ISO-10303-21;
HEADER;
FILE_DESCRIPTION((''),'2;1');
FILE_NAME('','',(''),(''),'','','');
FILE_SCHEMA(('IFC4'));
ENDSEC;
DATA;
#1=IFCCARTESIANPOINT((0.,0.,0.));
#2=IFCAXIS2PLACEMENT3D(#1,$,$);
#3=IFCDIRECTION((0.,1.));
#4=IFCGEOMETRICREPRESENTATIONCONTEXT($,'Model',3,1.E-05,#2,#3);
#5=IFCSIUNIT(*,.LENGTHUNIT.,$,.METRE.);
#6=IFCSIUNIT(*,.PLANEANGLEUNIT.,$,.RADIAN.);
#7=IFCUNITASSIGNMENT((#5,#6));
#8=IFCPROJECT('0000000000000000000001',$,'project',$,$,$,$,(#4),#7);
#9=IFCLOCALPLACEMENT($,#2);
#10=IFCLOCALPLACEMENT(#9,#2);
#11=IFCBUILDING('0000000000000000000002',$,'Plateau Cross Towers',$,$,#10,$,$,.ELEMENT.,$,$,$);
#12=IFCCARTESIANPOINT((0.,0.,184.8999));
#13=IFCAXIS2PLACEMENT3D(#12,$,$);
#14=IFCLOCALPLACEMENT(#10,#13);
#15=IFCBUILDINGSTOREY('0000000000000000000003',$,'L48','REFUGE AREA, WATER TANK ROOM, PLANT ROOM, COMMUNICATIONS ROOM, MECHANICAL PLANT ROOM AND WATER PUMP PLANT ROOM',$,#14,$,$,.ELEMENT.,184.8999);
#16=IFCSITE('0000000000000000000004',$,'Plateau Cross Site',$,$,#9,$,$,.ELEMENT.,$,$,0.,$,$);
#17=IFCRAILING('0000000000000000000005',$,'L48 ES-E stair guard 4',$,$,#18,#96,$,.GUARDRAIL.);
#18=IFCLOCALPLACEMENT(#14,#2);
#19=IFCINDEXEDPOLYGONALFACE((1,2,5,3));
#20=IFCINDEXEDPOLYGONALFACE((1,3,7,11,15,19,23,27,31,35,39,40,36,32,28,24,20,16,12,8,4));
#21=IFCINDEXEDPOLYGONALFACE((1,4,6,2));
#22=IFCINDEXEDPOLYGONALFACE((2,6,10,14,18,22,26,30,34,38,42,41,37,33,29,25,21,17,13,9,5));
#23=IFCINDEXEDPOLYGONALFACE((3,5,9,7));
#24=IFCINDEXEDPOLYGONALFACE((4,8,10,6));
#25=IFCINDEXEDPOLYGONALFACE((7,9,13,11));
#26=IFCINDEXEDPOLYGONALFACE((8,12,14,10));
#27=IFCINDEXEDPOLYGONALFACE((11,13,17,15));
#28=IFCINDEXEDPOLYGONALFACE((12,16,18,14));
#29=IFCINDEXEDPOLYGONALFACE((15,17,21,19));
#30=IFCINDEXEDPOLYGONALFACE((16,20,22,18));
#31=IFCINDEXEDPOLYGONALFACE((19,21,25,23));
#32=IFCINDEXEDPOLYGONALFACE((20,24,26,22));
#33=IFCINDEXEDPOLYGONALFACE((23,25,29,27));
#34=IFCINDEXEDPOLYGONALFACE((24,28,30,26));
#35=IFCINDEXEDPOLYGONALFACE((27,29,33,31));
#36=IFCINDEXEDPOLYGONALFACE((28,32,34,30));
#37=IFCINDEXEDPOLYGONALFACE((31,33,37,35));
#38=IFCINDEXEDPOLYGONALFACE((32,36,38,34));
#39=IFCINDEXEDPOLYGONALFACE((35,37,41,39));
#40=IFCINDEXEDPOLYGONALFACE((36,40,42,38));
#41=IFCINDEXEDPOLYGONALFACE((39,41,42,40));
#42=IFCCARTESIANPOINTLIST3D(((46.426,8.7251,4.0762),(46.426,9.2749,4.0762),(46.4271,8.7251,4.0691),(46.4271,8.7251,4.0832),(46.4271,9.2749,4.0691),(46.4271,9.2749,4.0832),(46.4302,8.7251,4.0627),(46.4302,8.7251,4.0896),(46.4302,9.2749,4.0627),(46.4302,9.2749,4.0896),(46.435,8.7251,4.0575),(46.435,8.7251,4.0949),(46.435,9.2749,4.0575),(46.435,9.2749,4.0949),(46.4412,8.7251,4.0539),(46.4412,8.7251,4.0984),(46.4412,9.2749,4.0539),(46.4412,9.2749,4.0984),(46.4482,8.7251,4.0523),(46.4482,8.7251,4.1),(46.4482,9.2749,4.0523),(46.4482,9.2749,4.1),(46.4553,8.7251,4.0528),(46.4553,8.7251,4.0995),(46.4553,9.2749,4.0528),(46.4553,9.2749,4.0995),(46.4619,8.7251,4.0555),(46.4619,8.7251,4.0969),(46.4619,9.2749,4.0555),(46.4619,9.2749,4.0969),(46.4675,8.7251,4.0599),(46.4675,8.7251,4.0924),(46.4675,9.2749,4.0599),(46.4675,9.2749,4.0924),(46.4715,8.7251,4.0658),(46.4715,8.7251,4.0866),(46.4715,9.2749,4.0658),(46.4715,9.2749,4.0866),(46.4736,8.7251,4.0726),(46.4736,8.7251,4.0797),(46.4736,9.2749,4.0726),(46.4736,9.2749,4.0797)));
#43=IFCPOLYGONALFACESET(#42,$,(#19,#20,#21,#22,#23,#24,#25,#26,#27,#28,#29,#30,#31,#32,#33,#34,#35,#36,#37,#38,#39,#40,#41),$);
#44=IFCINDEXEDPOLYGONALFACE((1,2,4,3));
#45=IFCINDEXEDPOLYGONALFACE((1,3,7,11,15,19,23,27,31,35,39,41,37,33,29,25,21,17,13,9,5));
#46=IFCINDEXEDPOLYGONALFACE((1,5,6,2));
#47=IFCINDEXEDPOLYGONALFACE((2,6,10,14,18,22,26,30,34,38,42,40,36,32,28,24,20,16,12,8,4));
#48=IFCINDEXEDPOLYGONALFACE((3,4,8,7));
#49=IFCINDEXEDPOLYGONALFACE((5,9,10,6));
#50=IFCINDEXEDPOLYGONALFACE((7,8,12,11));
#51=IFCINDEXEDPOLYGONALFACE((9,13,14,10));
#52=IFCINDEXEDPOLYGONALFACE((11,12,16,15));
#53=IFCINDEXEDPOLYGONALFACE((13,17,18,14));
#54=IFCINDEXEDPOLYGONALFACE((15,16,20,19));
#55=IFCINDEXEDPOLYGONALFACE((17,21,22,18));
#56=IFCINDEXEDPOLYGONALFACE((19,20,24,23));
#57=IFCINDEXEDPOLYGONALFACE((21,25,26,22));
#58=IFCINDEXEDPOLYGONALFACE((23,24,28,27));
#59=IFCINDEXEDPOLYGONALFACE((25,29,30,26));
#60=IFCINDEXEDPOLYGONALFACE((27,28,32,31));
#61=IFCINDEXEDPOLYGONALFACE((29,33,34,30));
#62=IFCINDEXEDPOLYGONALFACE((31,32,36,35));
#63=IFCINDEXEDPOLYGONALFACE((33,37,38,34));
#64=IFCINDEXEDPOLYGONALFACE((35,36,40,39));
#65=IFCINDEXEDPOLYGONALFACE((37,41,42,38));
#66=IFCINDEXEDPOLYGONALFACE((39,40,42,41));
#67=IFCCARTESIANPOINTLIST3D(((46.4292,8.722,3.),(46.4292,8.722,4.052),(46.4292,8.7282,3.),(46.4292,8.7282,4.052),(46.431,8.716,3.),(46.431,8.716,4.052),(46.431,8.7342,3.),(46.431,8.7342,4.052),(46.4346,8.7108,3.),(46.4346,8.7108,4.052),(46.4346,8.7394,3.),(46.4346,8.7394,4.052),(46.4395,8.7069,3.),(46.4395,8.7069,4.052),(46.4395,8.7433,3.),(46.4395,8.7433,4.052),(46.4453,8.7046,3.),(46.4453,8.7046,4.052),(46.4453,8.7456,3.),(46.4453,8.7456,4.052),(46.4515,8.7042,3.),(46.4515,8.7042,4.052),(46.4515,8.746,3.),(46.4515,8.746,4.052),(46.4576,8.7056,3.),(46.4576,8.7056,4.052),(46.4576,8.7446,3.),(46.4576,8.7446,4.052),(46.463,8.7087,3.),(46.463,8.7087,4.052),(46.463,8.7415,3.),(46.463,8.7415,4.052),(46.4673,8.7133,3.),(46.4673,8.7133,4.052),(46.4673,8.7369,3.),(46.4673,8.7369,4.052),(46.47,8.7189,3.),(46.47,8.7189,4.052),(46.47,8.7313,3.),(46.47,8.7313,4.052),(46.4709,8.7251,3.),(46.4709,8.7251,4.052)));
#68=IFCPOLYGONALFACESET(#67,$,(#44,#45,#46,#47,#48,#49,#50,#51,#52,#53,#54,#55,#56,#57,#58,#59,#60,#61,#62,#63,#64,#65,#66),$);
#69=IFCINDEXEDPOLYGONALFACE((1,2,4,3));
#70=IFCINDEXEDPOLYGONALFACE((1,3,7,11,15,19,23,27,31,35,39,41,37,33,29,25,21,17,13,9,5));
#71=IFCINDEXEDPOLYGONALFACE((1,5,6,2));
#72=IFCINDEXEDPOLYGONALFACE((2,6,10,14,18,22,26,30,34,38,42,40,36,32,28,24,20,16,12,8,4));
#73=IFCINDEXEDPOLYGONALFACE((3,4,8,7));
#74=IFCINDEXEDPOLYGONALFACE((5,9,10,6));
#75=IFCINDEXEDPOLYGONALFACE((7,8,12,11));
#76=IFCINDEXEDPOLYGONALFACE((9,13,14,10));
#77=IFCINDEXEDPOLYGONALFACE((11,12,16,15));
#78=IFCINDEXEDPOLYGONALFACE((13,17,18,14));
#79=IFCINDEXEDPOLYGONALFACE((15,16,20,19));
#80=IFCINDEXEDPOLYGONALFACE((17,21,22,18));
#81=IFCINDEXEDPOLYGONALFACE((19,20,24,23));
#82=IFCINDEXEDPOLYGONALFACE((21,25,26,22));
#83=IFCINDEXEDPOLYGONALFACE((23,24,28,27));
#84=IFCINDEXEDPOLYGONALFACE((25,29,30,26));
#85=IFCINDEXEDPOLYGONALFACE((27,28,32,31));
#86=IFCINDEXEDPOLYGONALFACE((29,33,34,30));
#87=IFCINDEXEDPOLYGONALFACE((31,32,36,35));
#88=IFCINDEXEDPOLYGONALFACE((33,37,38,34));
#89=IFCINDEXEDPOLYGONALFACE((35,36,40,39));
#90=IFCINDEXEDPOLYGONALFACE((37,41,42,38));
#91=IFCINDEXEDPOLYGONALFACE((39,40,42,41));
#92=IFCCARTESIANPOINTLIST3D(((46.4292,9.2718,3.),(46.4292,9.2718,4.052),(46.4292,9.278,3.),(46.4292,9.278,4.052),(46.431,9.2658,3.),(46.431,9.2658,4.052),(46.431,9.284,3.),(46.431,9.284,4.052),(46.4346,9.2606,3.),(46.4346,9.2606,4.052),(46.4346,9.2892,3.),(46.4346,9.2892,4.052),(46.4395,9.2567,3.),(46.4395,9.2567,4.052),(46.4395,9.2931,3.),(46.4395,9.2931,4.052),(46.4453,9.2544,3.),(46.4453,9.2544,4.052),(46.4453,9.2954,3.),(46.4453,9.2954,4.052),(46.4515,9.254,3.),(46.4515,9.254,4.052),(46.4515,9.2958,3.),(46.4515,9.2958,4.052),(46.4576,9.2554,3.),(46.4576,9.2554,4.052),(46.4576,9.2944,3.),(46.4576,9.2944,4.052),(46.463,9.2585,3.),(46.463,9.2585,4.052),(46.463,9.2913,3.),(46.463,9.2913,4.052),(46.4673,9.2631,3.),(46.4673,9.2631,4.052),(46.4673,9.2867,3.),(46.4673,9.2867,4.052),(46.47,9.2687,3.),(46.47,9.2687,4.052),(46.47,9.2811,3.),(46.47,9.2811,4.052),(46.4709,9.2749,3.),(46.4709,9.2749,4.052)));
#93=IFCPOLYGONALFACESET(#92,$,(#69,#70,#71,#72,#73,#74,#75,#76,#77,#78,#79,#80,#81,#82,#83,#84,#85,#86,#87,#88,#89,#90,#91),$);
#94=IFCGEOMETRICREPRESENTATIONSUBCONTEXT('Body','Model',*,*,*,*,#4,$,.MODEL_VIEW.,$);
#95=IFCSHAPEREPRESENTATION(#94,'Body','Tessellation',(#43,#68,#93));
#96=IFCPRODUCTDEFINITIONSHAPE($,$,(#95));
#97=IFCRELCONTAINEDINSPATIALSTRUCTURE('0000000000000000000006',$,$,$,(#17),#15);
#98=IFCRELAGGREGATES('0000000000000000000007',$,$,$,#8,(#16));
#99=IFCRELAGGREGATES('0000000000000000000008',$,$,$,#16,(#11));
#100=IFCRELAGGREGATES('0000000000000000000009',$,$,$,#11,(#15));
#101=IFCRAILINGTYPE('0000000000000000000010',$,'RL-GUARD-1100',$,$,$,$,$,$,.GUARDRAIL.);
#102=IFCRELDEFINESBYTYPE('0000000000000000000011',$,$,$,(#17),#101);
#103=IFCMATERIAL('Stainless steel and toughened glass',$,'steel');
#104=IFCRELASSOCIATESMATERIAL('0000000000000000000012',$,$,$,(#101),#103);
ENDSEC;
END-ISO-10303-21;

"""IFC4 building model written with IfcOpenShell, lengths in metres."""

from ifc_helpers import new_model, si_unit, direction, frame, origin, origin_2d, place, context, subcontext, project, spatial, circle, extrude, material, type_object, element, save


model = new_model("IFC4")

# Units and contexts
model_context = context("Model", 3, precision=1e-05, world=origin(), true_north=direction((0.0, 1.0)))
body_context = subcontext(model_context, "Body", "Model", "MODEL_VIEW")
ifc_project = project(units=[si_unit("LENGTHUNIT", "METRE"), si_unit("PLANEANGLEUNIT", "RADIAN")], contexts=[model_context])

# Site, building, storey
site_placement = place(None, origin())
site = spatial("IfcSite", under=ifc_project, at=site_placement, Name="Plateau Cross Site", CompositionType="ELEMENT", RefElevation=0.0)
building_placement = place(site_placement, origin())
building = spatial("IfcBuilding", under=site, at=building_placement, Name="Plateau Cross Towers", CompositionType="ELEMENT")
storey_placement = place(building_placement, frame((0.0, 0.0, 184.8999)))
storey = spatial("IfcBuildingStorey", under=building, at=storey_placement, Name="L48", Description="REFUGE AREA, WATER TANK ROOM, PLANT ROOM, COMMUNICATIONS ROOM, MECHANICAL PLANT ROOM AND WATER PUMP PLANT ROOM", CompositionType="ELEMENT", Elevation=184.8999)

# Railing
ifc_material_1 = material(Name="Stainless steel and toughened glass", Category="steel")
railing_type_1 = type_object("IfcRailingType", Name="RL-GUARD-1100", PredefinedType="GUARDRAIL", material=ifc_material_1)
railing_1_placement = place(storey_placement, frame((46.45, 8.7251, 3.0)))
element("IfcRailing", 1, at=railing_1_placement, inside=storey, type_object=railing_type_1, Name="L48 ES-E stair guard 4", PredefinedType="GUARDRAIL", context=body_context, shape_type="SweptSolid", body=[
    extrude(circle(Radius=0.0239, at=origin_2d()), frame((0.0, 0.0, 1.0762), z_axis=(0.0, 1.0, 0.0), x_axis=(-1.0, 0.0, 0.0)), (0.0, 0.0, 1.0), 0.5498),
    extrude(circle(Radius=0.021, at=origin_2d()), origin(), (0.0, 0.0, 1.0), 1.052),
    extrude(circle(Radius=0.021, at=origin_2d()), frame((0.0, 0.5498, 0.0)), (0.0, 0.0, 1.0), 1.052),
])

save(model, "model.ifc")
